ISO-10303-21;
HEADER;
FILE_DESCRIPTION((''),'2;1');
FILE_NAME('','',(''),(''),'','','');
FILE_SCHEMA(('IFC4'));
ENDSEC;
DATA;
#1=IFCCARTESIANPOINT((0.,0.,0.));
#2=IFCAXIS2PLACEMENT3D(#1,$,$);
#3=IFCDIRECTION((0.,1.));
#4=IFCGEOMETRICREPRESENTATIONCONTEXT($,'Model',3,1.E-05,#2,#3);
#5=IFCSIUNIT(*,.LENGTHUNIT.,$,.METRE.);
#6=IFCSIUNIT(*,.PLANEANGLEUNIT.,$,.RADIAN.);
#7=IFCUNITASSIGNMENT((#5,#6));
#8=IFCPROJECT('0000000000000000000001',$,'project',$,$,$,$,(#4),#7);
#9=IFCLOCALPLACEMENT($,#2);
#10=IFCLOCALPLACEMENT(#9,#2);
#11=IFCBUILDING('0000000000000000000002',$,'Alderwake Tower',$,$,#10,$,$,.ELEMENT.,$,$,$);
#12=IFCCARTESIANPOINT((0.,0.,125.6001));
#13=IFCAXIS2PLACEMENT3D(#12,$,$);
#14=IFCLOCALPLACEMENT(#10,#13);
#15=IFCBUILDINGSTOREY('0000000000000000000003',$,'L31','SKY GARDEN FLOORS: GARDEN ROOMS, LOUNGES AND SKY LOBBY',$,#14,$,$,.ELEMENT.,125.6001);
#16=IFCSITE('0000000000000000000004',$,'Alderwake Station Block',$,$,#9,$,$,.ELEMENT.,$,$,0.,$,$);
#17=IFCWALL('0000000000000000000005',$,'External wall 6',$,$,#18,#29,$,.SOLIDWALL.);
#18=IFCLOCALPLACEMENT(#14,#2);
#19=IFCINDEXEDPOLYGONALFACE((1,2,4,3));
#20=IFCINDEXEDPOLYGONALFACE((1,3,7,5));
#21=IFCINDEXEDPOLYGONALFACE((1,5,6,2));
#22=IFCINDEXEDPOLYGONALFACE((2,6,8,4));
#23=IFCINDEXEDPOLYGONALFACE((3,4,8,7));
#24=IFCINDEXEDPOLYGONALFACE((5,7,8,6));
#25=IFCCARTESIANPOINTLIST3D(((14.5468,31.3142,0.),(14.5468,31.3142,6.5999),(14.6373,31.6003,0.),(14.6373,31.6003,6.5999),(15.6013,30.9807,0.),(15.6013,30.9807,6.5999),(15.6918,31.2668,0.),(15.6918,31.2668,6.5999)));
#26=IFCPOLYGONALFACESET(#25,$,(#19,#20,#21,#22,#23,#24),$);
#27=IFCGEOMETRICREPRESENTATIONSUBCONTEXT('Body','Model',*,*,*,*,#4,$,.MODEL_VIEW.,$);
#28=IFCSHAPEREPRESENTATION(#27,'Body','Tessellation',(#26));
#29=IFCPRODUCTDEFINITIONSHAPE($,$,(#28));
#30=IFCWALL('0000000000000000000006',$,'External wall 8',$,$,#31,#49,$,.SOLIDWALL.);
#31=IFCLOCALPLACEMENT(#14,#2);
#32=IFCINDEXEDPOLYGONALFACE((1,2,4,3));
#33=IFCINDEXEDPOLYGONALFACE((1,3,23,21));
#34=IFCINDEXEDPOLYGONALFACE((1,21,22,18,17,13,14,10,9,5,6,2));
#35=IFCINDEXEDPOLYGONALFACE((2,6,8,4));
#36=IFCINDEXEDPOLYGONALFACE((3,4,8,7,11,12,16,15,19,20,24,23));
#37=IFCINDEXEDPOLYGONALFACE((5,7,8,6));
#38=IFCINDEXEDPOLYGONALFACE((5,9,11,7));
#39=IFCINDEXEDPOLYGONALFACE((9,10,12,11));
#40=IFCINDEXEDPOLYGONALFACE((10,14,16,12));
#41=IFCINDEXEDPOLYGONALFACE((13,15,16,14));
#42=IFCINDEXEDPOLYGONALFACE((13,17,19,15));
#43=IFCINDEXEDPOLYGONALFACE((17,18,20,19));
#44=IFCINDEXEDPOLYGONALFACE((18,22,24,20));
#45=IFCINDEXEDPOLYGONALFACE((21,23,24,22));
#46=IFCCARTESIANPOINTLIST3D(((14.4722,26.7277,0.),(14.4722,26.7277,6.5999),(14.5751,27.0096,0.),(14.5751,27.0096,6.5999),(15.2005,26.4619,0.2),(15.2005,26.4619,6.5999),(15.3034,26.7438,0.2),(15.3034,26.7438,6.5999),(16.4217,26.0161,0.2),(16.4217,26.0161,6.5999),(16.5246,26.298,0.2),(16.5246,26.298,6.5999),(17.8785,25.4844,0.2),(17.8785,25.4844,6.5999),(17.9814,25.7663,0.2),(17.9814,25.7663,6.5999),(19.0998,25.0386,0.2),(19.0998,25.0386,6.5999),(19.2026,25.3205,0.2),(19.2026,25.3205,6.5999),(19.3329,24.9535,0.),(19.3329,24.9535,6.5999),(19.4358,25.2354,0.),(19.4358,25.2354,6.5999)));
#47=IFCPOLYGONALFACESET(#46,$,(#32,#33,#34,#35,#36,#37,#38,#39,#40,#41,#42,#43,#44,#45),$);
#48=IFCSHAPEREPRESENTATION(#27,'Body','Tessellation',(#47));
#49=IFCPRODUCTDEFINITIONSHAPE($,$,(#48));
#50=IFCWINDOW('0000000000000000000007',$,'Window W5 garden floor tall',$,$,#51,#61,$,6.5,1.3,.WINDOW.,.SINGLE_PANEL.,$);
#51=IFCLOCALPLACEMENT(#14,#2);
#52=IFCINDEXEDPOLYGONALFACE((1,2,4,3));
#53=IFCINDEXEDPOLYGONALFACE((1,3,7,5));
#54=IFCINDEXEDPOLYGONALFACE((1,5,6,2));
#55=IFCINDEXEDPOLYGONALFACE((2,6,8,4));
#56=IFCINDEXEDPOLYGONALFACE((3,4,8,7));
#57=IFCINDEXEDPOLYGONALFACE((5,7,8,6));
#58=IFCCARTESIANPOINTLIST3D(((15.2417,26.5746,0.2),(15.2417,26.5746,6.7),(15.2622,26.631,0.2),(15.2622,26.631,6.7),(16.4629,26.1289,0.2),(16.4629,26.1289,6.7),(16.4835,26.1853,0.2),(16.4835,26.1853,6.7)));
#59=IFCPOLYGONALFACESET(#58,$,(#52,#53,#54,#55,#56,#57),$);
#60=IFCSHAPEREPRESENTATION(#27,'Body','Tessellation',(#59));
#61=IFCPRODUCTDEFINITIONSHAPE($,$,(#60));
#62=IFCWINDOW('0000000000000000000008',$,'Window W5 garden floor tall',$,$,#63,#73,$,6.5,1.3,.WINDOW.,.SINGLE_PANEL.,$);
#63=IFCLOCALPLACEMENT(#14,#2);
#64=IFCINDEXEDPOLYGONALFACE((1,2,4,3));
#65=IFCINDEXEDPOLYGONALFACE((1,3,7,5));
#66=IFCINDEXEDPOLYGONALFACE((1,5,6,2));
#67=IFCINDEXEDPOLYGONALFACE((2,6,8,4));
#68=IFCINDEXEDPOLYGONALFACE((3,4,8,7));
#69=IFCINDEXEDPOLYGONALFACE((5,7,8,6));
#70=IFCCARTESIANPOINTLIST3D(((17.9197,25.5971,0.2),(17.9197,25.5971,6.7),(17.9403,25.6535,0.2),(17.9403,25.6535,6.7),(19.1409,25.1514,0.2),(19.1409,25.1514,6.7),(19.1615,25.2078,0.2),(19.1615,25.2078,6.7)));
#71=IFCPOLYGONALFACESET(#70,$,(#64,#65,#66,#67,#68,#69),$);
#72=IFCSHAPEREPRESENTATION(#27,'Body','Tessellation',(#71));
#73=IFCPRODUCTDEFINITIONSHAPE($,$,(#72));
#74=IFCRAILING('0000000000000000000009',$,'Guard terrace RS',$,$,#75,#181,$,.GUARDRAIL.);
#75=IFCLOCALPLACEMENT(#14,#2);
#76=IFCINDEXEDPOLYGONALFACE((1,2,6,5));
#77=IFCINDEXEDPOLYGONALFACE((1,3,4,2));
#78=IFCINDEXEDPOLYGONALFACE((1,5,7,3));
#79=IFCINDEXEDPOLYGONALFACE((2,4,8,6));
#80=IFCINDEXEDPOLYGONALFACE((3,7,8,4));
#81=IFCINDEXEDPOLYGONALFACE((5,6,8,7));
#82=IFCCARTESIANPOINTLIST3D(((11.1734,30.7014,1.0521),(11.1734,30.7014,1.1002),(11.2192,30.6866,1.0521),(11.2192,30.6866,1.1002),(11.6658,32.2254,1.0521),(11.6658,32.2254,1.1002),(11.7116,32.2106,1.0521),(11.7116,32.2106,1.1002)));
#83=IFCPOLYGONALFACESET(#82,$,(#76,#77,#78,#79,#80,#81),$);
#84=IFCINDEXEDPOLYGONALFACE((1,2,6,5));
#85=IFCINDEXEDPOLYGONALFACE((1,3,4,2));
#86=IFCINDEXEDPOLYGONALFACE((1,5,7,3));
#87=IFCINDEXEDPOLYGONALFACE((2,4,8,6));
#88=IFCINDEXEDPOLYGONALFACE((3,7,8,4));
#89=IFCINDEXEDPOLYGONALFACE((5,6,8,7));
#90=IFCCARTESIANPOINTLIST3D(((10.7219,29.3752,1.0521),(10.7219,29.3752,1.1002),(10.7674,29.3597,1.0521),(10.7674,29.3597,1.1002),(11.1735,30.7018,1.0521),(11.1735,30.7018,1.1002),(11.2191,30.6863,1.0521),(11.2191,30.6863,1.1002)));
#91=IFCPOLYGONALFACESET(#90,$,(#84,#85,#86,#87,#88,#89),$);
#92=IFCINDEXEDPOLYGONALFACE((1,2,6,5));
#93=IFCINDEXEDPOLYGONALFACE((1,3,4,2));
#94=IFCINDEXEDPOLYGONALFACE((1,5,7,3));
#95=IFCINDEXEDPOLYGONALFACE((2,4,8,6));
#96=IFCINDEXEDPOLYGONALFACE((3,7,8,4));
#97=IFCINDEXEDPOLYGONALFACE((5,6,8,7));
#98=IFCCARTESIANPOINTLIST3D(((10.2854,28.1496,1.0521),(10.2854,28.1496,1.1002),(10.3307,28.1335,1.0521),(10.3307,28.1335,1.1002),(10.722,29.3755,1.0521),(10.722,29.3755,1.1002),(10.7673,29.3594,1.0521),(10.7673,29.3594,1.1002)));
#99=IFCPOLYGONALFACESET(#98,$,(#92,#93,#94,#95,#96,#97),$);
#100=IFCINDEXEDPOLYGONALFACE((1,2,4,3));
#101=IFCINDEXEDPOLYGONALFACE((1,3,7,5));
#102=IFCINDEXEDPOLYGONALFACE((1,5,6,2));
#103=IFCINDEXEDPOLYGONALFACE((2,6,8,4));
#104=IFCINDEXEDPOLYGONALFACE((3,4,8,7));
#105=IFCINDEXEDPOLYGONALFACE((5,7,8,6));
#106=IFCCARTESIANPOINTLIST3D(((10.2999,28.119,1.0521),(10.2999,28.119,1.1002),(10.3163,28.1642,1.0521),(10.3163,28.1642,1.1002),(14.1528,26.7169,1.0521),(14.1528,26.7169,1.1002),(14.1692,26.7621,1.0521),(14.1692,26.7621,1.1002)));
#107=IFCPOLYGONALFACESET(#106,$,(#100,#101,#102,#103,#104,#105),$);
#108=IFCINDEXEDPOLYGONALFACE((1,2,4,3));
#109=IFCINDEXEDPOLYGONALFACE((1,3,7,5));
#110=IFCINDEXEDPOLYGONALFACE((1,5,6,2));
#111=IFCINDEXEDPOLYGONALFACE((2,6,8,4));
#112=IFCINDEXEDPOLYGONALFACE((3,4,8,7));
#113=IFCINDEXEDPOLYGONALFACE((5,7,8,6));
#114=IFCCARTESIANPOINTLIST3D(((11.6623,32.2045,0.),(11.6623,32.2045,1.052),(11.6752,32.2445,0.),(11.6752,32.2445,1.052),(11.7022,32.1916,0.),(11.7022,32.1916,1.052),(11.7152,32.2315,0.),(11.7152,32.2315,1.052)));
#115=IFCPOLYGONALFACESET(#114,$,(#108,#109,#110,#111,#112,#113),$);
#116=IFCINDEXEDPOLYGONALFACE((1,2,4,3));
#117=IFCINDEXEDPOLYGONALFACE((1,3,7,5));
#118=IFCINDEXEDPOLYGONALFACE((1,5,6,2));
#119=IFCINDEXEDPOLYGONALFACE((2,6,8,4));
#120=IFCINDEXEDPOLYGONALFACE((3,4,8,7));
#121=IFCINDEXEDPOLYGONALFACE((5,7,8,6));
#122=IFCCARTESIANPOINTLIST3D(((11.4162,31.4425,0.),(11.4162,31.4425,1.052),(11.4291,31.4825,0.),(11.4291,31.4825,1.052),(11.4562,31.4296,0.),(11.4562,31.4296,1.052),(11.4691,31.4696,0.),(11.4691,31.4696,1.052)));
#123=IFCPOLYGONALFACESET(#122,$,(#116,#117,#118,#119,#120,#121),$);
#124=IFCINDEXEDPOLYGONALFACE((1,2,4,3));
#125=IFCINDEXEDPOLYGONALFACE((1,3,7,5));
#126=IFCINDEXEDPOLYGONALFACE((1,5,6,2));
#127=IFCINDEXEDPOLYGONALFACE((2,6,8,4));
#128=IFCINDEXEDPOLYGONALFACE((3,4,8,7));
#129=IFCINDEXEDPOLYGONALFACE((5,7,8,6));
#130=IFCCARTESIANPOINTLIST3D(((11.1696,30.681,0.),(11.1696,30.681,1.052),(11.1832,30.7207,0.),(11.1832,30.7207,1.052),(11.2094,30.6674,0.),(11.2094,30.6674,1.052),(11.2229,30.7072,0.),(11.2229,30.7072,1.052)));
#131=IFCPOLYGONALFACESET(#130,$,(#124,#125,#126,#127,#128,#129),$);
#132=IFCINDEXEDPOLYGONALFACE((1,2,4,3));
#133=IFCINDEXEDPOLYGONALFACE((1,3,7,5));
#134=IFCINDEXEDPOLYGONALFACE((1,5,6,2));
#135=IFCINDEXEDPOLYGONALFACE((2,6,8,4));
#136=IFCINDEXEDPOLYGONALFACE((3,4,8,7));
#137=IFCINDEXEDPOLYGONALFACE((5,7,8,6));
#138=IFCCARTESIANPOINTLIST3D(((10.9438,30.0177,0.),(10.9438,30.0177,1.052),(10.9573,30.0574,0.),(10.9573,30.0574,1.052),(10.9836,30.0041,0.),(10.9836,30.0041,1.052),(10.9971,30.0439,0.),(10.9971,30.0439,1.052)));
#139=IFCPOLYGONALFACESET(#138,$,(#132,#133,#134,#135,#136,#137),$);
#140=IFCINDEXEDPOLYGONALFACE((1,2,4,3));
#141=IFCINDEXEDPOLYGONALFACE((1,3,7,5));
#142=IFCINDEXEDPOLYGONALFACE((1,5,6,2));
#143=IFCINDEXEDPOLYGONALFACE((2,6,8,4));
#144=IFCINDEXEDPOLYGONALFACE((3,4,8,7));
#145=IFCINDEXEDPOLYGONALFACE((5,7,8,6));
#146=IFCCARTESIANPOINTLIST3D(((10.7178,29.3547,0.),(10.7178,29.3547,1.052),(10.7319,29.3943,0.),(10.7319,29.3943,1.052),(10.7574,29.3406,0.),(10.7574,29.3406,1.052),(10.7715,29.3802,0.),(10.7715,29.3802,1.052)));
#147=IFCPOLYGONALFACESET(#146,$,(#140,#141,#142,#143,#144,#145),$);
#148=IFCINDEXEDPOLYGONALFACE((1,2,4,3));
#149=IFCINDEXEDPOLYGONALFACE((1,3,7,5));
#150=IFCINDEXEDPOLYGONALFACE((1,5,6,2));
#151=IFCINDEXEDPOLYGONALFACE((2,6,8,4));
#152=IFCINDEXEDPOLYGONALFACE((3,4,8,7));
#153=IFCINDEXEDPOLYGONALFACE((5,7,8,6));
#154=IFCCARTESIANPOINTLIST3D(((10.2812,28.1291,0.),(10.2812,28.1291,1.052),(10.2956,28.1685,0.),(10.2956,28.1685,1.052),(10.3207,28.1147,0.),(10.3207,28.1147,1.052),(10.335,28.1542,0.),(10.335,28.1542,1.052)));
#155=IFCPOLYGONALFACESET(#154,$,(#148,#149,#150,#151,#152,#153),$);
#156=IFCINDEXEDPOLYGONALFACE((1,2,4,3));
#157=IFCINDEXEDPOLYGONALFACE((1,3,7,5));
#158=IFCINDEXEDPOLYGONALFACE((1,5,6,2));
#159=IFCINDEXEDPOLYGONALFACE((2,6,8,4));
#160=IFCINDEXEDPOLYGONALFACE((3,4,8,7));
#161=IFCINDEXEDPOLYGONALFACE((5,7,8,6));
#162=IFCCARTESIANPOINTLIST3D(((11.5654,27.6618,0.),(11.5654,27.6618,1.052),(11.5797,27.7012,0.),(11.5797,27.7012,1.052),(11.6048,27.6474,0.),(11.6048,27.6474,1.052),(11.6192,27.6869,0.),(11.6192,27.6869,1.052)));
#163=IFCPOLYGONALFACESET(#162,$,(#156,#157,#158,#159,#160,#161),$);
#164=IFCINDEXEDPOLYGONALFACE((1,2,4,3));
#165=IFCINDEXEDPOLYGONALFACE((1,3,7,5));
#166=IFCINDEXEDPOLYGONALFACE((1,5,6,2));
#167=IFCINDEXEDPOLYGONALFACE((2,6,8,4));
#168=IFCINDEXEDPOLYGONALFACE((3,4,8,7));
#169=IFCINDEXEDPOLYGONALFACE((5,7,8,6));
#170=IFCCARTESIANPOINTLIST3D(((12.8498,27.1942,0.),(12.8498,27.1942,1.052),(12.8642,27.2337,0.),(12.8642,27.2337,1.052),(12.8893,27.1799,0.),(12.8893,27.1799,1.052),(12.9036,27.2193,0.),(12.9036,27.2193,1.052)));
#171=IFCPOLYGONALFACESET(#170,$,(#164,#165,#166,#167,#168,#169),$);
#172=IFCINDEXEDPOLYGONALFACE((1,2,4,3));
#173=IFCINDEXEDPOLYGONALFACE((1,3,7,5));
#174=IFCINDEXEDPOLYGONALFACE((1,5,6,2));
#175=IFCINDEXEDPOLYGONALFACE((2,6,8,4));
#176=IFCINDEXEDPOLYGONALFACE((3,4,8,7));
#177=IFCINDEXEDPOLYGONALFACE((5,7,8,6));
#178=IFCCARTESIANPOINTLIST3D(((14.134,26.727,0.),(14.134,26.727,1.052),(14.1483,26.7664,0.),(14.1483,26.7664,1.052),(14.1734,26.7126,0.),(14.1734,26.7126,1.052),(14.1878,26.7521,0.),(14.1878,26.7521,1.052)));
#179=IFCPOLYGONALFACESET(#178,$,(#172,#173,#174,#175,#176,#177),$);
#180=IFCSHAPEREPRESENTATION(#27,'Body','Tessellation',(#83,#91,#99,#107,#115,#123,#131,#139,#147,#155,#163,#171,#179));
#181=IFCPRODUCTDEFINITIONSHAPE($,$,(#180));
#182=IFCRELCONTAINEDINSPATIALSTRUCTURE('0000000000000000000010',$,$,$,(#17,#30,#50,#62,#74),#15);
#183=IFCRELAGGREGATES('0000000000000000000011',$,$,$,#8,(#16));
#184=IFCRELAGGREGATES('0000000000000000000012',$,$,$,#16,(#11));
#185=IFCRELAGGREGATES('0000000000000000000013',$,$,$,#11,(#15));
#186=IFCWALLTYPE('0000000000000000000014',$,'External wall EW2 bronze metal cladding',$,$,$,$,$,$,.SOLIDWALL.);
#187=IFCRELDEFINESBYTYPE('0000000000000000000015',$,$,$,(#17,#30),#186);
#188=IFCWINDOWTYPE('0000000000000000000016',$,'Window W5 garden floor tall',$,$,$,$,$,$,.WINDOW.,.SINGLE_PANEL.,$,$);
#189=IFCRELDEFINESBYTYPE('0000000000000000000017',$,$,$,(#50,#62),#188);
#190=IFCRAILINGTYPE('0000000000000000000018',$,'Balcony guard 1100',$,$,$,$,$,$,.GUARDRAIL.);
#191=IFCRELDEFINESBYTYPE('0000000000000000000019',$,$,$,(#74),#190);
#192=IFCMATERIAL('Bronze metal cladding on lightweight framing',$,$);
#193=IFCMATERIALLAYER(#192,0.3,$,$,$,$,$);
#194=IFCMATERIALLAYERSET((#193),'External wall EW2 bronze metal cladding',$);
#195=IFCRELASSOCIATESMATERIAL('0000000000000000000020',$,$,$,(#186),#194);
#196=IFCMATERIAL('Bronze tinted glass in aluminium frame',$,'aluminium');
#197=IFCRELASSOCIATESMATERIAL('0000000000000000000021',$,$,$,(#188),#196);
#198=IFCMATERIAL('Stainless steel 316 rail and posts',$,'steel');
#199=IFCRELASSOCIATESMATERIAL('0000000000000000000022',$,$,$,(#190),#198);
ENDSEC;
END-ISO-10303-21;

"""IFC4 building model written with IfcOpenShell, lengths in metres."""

from ifc_helpers import new_model, si_unit, direction, frame, frame_2d, origin, origin_2d, place, context, subcontext, project, spatial, rectangle, extrude, material, layer, layer_set, type_object, element, fill, save


model = new_model("IFC4")

# Units and contexts
model_context = context("Model", 3, precision=1e-05, world=origin(), true_north=direction((0.0, 1.0)))
body_context = subcontext(model_context, "Body", "Model", "MODEL_VIEW")
ifc_project = project(units=[si_unit("LENGTHUNIT", "METRE"), si_unit("PLANEANGLEUNIT", "RADIAN")], contexts=[model_context])

# Site, building, storey
site_placement = place(None, origin())
site = spatial("IfcSite", under=ifc_project, at=site_placement, Name="Alderwake Station Block", CompositionType="ELEMENT", RefElevation=0.0)
building_placement = place(site_placement, origin())
building = spatial("IfcBuilding", under=site, at=building_placement, Name="Alderwake Tower", CompositionType="ELEMENT")
storey_placement = place(building_placement, frame((0.0, 0.0, 125.6001)))
storey = spatial("IfcBuildingStorey", under=building, at=storey_placement, Name="L31", Description="SKY GARDEN FLOORS: GARDEN ROOMS, LOUNGES AND SKY LOBBY", CompositionType="ELEMENT", Elevation=125.6001)

# Wall
ifc_material_1 = material(Name="Bronze metal cladding on lightweight framing")
ifc_layer_1 = layer(ifc_material_1, 0.3)
ifc_layer_set_1 = layer_set([ifc_layer_1], Name="External wall EW2 bronze metal cladding")
wall_type_1 = type_object("IfcWallType", Name="External wall EW2 bronze metal cladding", PredefinedType="SOLIDWALL", material=ifc_layer_set_1)
wall_1_placement = place(storey_placement, frame((14.592, 31.4573, 0.0), z_axis=(0.0, 0.0, 1.0), x_axis=(0.953449, -0.301554, 0.0)))
element("IfcWall", 1, at=wall_1_placement, inside=storey, type_object=wall_type_1, Name="External wall 6", PredefinedType="SOLIDWALL", context=body_context, shape_type="SweptSolid", body=[
    extrude(rectangle(XDim=1.106, YDim=0.3, at=frame_2d((0.553, 0.0))), origin(), (0.0, 0.0, 1.0), 6.5999),
])

# Wall, openings, windows
wall_2_placement = place(storey_placement, frame((14.5237, 26.8687, 0.0), z_axis=(0.0, 0.0, 1.0), x_axis=(0.939378, -0.342883, 0.0)))
wall_2 = element("IfcWall", 2, at=wall_2_placement, inside=storey, type_object=wall_type_1, Name="External wall 8", PredefinedType="SOLIDWALL", context=body_context, shape_type="SweptSolid", body=[
    extrude(rectangle(XDim=5.1743, YDim=0.3, at=frame_2d((2.5872, 0.0))), origin(), (0.0, 0.0, 1.0), 6.5999),
])
opening_1_placement = place(wall_2_placement, frame((0.7754, 0.0, 0.2)))
opening_1 = element("IfcOpeningElement", 3, at=opening_1_placement, cuts=wall_2, PredefinedType="OPENING", context=body_context, shape_type="SweptSolid", body=[
    extrude(rectangle(XDim=1.3, YDim=6.5, at=frame_2d((0.6499, 3.25))), frame((0.0, 0.1599, 0.0), z_axis=(0.0, -1.0, 0.0), x_axis=(1.0, 0.0, 0.0)), (0.0, 0.0, 1.0), 0.3201),
])
opening_2_placement = place(wall_2_placement, frame((3.6262, 0.0, 0.2)))
opening_2 = element("IfcOpeningElement", 4, at=opening_2_placement, cuts=wall_2, PredefinedType="OPENING", context=body_context, shape_type="SweptSolid", body=[
    extrude(rectangle(XDim=1.3, YDim=6.5, at=frame_2d((0.6499, 3.25))), frame((0.0, 0.1599, 0.0), z_axis=(0.0, -1.0, 0.0), x_axis=(1.0, 0.0, 0.0)), (0.0, 0.0, 1.0), 0.3201),
])
ifc_material_2 = material(Name="Bronze tinted glass in aluminium frame", Category="aluminium")
window_type = type_object("IfcWindowType", Name="Window W5 garden floor tall", PartitioningType="SINGLE_PANEL", PredefinedType="WINDOW", material=ifc_material_2)
window_1_placement = place(opening_1_placement, origin())
window_1 = element("IfcWindow", 5, at=window_1_placement, inside=storey, type_object=window_type, Name="Window W5 garden floor tall", OverallHeight=6.5, OverallWidth=1.3, PartitioningType="SINGLE_PANEL", PredefinedType="WINDOW", context=body_context, shape_type="SweptSolid", body=[
    extrude(rectangle(XDim=1.3, YDim=6.5, at=frame_2d((0.6499, 3.25))), frame((0.0, 0.03, 0.0), z_axis=(0.0, -1.0, 0.0), x_axis=(1.0, 0.0, 0.0)), (0.0, 0.0, 1.0), 0.0601),
])
fill(opening_1, window_1)
window_2_placement = place(opening_2_placement, origin())
window_2 = element("IfcWindow", 6, at=window_2_placement, inside=storey, type_object=window_type, Name="Window W5 garden floor tall", OverallHeight=6.5, OverallWidth=1.3, PartitioningType="SINGLE_PANEL", PredefinedType="WINDOW", context=body_context, shape_type="SweptSolid", body=[
    extrude(rectangle(XDim=1.3, YDim=6.5, at=frame_2d((0.6499, 3.25))), frame((0.0, 0.03, 0.0), z_axis=(0.0, -1.0, 0.0), x_axis=(1.0, 0.0, 0.0)), (0.0, 0.0, 1.0), 0.0601),
])
fill(opening_2, window_2)

# Railing
ifc_material_3 = material(Name="Stainless steel 316 rail and posts", Category="steel")
railing_type = type_object("IfcRailingType", Name="Balcony guard 1100", PredefinedType="GUARDRAIL", material=ifc_material_3)
railing_1_placement = place(storey_placement, frame((11.6887, 32.218, 0.0)))
element("IfcRailing", 7, at=railing_1_placement, inside=storey, type_object=railing_type, Name="Guard terrace RS", PredefinedType="GUARDRAIL", context=body_context, shape_type="SweptSolid", body=[
    extrude(rectangle(XDim=0.0481, YDim=0.0481, at=origin_2d()), frame((0.0, 0.0, 1.0762), z_axis=(-0.307479, -0.951555, 0.0), x_axis=(0.951555, -0.307479, 0.0)), (0.0, 0.0, 1.0), 1.6016),
    extrude(rectangle(XDim=0.0481, YDim=0.0481, at=origin_2d()), frame((-0.4924, -1.5239, 1.0762), z_axis=(-0.322284, -0.946643, 0.0), x_axis=(0.946643, -0.322284, 0.0)), (0.0, 0.0, 1.0), 1.4014),
    extrude(rectangle(XDim=0.0481, YDim=0.0481, at=origin_2d()), frame((-0.9441, -2.8506, 1.0762), z_axis=(-0.335469, -0.942051, 0.0), x_axis=(0.942051, -0.335469, 0.0)), (0.0, 0.0, 1.0), 1.3013),
    extrude(rectangle(XDim=0.0481, YDim=0.0481, at=origin_2d()), frame((-1.3806, -4.0764, 1.0762), z_axis=(0.939708, -0.341977, 0.0), x_axis=(0.341977, 0.939708, 0.0)), (0.0, 0.0, 1.0), 4.1001),
    extrude(rectangle(XDim=0.042, YDim=0.042, at=origin_2d()), frame((0.0, 0.0, 0.0), z_axis=(0.0, 0.0, 1.0), x_axis=(-0.307479, -0.951555, 0.0)), (0.0, 0.0, 1.0), 1.052),
    extrude(rectangle(XDim=0.042, YDim=0.042, at=origin_2d()), frame((-0.2461, -0.762, 0.0), z_axis=(0.0, 0.0, 1.0), x_axis=(-0.307479, -0.951555, 0.0)), (0.0, 0.0, 1.0), 1.052),
    extrude(rectangle(XDim=0.042, YDim=0.042, at=origin_2d()), frame((-0.4924, -1.5239, 0.0), z_axis=(0.0, 0.0, 1.0), x_axis=(-0.322284, -0.946643, 0.0)), (0.0, 0.0, 1.0), 1.052),
    extrude(rectangle(XDim=0.042, YDim=0.042, at=origin_2d()), frame((-0.7183, -2.1873, 0.0), z_axis=(0.0, 0.0, 1.0), x_axis=(-0.322284, -0.946643, 0.0)), (0.0, 0.0, 1.0), 1.052),
    extrude(rectangle(XDim=0.042, YDim=0.042, at=origin_2d()), frame((-0.9441, -2.8506, 0.0), z_axis=(0.0, 0.0, 1.0), x_axis=(-0.335469, -0.942051, 0.0)), (0.0, 0.0, 1.0), 1.052),
    extrude(rectangle(XDim=0.042, YDim=0.042, at=origin_2d()), frame((-1.3806, -4.0764, 0.0), z_axis=(0.0, 0.0, 1.0), x_axis=(0.939708, -0.341977, 0.0)), (0.0, 0.0, 1.0), 1.052),
    extrude(rectangle(XDim=0.042, YDim=0.042, at=origin_2d()), frame((-0.0964, -4.5437, 0.0), z_axis=(0.0, 0.0, 1.0), x_axis=(0.939708, -0.341977, 0.0)), (0.0, 0.0, 1.0), 1.052),
    extrude(rectangle(XDim=0.042, YDim=0.042, at=origin_2d()), frame((1.188, -5.0112, 0.0), z_axis=(0.0, 0.0, 1.0), x_axis=(0.939708, -0.341977, 0.0)), (0.0, 0.0, 1.0), 1.052),
    extrude(rectangle(XDim=0.042, YDim=0.042, at=origin_2d()), frame((2.4722, -5.4785, 0.0), z_axis=(0.0, 0.0, 1.0), x_axis=(0.939708, -0.341977, 0.0)), (0.0, 0.0, 1.0), 1.052),
])

save(model, "model.ifc")
